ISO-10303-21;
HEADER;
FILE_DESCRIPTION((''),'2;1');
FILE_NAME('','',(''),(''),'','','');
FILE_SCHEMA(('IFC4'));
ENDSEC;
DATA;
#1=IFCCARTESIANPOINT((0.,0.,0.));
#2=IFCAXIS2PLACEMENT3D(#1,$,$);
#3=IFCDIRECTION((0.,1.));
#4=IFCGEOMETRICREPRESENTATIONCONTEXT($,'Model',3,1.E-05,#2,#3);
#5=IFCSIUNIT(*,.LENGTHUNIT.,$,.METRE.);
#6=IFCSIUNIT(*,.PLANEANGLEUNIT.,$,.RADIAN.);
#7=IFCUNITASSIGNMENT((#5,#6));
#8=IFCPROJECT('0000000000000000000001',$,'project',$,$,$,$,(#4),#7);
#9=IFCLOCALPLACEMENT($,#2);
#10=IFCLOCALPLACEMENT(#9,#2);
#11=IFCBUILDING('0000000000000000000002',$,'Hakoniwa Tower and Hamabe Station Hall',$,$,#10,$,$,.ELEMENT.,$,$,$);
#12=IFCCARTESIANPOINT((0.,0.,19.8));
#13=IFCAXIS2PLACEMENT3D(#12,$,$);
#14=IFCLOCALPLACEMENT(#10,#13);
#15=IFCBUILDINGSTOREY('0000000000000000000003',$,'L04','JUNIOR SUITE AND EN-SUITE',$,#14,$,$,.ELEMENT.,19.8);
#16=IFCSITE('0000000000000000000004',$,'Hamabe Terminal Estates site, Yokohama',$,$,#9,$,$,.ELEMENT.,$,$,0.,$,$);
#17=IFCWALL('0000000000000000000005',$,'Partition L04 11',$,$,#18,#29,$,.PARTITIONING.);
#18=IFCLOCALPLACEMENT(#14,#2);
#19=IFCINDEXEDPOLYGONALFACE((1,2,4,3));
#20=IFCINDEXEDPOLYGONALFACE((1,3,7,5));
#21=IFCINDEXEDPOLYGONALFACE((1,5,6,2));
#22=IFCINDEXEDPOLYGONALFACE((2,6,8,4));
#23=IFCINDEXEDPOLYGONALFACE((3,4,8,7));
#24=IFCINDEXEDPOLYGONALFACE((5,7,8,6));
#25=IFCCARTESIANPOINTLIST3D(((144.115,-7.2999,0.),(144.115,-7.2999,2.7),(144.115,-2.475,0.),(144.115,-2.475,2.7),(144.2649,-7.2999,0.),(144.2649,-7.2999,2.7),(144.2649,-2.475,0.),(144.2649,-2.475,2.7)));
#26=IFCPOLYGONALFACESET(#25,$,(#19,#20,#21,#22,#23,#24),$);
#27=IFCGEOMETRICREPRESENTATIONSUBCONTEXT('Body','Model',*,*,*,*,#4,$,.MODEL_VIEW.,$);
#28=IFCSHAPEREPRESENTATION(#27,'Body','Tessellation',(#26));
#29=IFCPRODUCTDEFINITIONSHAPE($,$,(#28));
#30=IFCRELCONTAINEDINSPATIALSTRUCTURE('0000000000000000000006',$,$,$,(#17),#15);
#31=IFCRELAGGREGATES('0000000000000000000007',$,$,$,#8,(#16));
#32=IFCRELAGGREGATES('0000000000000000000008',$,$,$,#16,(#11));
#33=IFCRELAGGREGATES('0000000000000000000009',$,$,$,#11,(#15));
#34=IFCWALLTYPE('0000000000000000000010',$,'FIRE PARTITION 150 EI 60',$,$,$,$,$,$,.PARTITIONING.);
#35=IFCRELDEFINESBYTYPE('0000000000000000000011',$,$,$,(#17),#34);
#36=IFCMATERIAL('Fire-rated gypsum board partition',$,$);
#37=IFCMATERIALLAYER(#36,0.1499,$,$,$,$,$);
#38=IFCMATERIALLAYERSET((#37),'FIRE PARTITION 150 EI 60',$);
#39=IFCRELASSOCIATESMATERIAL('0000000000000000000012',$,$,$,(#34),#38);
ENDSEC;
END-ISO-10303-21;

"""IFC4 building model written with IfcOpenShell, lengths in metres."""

from ifc_helpers import new_model, si_unit, direction, frame, frame_2d, origin, place, context, subcontext, project, spatial, rectangle, extrude, material, layer, layer_set, type_object, element, save


model = new_model("IFC4")

# Units and contexts
model_context = context("Model", 3, precision=1e-05, world=origin(), true_north=direction((0.0, 1.0)))
body_context = subcontext(model_context, "Body", "Model", "MODEL_VIEW")
ifc_project = project(units=[si_unit("LENGTHUNIT", "METRE"), si_unit("PLANEANGLEUNIT", "RADIAN")], contexts=[model_context])

# Site, building, storey
site_placement = place(None, origin())
site = spatial("IfcSite", under=ifc_project, at=site_placement, Name="Hamabe Terminal Estates site, Yokohama", CompositionType="ELEMENT", RefElevation=0.0)
building_placement = place(site_placement, origin())
building = spatial("IfcBuilding", under=site, at=building_placement, Name="Hakoniwa Tower and Hamabe Station Hall", CompositionType="ELEMENT")
storey_placement = place(building_placement, frame((0.0, 0.0, 19.8)))
storey = spatial("IfcBuildingStorey", under=building, at=storey_placement, Name="L04", Description="JUNIOR SUITE AND EN-SUITE", CompositionType="ELEMENT", Elevation=19.8)

# Shared definitions
ifc_material_1 = material(Name="Fire-rated gypsum board partition")
ifc_layer_1 = layer(ifc_material_1, 0.1499)
ifc_layer_set_1 = layer_set([ifc_layer_1], Name="FIRE PARTITION 150 EI 60")
wall_type = type_object("IfcWallType", Name="FIRE PARTITION 150 EI 60", PredefinedType="PARTITIONING", material=ifc_layer_set_1)

# Wall
wall_1_placement = place(storey_placement, frame((144.1899, -7.3, 0.0), z_axis=(0.0, 0.0, 1.0), x_axis=(0.0, 1.0, 0.0)))
element("IfcWall", 1, at=wall_1_placement, inside=storey, type_object=wall_type, Name="Partition L04 11", PredefinedType="PARTITIONING", context=body_context, shape_type="SweptSolid", body=[
    extrude(rectangle(XDim=4.825, YDim=0.1499, at=frame_2d((2.4126, 0.0))), origin(), (0.0, 0.0, 1.0), 2.7),
])

save(model, "model.ifc")
